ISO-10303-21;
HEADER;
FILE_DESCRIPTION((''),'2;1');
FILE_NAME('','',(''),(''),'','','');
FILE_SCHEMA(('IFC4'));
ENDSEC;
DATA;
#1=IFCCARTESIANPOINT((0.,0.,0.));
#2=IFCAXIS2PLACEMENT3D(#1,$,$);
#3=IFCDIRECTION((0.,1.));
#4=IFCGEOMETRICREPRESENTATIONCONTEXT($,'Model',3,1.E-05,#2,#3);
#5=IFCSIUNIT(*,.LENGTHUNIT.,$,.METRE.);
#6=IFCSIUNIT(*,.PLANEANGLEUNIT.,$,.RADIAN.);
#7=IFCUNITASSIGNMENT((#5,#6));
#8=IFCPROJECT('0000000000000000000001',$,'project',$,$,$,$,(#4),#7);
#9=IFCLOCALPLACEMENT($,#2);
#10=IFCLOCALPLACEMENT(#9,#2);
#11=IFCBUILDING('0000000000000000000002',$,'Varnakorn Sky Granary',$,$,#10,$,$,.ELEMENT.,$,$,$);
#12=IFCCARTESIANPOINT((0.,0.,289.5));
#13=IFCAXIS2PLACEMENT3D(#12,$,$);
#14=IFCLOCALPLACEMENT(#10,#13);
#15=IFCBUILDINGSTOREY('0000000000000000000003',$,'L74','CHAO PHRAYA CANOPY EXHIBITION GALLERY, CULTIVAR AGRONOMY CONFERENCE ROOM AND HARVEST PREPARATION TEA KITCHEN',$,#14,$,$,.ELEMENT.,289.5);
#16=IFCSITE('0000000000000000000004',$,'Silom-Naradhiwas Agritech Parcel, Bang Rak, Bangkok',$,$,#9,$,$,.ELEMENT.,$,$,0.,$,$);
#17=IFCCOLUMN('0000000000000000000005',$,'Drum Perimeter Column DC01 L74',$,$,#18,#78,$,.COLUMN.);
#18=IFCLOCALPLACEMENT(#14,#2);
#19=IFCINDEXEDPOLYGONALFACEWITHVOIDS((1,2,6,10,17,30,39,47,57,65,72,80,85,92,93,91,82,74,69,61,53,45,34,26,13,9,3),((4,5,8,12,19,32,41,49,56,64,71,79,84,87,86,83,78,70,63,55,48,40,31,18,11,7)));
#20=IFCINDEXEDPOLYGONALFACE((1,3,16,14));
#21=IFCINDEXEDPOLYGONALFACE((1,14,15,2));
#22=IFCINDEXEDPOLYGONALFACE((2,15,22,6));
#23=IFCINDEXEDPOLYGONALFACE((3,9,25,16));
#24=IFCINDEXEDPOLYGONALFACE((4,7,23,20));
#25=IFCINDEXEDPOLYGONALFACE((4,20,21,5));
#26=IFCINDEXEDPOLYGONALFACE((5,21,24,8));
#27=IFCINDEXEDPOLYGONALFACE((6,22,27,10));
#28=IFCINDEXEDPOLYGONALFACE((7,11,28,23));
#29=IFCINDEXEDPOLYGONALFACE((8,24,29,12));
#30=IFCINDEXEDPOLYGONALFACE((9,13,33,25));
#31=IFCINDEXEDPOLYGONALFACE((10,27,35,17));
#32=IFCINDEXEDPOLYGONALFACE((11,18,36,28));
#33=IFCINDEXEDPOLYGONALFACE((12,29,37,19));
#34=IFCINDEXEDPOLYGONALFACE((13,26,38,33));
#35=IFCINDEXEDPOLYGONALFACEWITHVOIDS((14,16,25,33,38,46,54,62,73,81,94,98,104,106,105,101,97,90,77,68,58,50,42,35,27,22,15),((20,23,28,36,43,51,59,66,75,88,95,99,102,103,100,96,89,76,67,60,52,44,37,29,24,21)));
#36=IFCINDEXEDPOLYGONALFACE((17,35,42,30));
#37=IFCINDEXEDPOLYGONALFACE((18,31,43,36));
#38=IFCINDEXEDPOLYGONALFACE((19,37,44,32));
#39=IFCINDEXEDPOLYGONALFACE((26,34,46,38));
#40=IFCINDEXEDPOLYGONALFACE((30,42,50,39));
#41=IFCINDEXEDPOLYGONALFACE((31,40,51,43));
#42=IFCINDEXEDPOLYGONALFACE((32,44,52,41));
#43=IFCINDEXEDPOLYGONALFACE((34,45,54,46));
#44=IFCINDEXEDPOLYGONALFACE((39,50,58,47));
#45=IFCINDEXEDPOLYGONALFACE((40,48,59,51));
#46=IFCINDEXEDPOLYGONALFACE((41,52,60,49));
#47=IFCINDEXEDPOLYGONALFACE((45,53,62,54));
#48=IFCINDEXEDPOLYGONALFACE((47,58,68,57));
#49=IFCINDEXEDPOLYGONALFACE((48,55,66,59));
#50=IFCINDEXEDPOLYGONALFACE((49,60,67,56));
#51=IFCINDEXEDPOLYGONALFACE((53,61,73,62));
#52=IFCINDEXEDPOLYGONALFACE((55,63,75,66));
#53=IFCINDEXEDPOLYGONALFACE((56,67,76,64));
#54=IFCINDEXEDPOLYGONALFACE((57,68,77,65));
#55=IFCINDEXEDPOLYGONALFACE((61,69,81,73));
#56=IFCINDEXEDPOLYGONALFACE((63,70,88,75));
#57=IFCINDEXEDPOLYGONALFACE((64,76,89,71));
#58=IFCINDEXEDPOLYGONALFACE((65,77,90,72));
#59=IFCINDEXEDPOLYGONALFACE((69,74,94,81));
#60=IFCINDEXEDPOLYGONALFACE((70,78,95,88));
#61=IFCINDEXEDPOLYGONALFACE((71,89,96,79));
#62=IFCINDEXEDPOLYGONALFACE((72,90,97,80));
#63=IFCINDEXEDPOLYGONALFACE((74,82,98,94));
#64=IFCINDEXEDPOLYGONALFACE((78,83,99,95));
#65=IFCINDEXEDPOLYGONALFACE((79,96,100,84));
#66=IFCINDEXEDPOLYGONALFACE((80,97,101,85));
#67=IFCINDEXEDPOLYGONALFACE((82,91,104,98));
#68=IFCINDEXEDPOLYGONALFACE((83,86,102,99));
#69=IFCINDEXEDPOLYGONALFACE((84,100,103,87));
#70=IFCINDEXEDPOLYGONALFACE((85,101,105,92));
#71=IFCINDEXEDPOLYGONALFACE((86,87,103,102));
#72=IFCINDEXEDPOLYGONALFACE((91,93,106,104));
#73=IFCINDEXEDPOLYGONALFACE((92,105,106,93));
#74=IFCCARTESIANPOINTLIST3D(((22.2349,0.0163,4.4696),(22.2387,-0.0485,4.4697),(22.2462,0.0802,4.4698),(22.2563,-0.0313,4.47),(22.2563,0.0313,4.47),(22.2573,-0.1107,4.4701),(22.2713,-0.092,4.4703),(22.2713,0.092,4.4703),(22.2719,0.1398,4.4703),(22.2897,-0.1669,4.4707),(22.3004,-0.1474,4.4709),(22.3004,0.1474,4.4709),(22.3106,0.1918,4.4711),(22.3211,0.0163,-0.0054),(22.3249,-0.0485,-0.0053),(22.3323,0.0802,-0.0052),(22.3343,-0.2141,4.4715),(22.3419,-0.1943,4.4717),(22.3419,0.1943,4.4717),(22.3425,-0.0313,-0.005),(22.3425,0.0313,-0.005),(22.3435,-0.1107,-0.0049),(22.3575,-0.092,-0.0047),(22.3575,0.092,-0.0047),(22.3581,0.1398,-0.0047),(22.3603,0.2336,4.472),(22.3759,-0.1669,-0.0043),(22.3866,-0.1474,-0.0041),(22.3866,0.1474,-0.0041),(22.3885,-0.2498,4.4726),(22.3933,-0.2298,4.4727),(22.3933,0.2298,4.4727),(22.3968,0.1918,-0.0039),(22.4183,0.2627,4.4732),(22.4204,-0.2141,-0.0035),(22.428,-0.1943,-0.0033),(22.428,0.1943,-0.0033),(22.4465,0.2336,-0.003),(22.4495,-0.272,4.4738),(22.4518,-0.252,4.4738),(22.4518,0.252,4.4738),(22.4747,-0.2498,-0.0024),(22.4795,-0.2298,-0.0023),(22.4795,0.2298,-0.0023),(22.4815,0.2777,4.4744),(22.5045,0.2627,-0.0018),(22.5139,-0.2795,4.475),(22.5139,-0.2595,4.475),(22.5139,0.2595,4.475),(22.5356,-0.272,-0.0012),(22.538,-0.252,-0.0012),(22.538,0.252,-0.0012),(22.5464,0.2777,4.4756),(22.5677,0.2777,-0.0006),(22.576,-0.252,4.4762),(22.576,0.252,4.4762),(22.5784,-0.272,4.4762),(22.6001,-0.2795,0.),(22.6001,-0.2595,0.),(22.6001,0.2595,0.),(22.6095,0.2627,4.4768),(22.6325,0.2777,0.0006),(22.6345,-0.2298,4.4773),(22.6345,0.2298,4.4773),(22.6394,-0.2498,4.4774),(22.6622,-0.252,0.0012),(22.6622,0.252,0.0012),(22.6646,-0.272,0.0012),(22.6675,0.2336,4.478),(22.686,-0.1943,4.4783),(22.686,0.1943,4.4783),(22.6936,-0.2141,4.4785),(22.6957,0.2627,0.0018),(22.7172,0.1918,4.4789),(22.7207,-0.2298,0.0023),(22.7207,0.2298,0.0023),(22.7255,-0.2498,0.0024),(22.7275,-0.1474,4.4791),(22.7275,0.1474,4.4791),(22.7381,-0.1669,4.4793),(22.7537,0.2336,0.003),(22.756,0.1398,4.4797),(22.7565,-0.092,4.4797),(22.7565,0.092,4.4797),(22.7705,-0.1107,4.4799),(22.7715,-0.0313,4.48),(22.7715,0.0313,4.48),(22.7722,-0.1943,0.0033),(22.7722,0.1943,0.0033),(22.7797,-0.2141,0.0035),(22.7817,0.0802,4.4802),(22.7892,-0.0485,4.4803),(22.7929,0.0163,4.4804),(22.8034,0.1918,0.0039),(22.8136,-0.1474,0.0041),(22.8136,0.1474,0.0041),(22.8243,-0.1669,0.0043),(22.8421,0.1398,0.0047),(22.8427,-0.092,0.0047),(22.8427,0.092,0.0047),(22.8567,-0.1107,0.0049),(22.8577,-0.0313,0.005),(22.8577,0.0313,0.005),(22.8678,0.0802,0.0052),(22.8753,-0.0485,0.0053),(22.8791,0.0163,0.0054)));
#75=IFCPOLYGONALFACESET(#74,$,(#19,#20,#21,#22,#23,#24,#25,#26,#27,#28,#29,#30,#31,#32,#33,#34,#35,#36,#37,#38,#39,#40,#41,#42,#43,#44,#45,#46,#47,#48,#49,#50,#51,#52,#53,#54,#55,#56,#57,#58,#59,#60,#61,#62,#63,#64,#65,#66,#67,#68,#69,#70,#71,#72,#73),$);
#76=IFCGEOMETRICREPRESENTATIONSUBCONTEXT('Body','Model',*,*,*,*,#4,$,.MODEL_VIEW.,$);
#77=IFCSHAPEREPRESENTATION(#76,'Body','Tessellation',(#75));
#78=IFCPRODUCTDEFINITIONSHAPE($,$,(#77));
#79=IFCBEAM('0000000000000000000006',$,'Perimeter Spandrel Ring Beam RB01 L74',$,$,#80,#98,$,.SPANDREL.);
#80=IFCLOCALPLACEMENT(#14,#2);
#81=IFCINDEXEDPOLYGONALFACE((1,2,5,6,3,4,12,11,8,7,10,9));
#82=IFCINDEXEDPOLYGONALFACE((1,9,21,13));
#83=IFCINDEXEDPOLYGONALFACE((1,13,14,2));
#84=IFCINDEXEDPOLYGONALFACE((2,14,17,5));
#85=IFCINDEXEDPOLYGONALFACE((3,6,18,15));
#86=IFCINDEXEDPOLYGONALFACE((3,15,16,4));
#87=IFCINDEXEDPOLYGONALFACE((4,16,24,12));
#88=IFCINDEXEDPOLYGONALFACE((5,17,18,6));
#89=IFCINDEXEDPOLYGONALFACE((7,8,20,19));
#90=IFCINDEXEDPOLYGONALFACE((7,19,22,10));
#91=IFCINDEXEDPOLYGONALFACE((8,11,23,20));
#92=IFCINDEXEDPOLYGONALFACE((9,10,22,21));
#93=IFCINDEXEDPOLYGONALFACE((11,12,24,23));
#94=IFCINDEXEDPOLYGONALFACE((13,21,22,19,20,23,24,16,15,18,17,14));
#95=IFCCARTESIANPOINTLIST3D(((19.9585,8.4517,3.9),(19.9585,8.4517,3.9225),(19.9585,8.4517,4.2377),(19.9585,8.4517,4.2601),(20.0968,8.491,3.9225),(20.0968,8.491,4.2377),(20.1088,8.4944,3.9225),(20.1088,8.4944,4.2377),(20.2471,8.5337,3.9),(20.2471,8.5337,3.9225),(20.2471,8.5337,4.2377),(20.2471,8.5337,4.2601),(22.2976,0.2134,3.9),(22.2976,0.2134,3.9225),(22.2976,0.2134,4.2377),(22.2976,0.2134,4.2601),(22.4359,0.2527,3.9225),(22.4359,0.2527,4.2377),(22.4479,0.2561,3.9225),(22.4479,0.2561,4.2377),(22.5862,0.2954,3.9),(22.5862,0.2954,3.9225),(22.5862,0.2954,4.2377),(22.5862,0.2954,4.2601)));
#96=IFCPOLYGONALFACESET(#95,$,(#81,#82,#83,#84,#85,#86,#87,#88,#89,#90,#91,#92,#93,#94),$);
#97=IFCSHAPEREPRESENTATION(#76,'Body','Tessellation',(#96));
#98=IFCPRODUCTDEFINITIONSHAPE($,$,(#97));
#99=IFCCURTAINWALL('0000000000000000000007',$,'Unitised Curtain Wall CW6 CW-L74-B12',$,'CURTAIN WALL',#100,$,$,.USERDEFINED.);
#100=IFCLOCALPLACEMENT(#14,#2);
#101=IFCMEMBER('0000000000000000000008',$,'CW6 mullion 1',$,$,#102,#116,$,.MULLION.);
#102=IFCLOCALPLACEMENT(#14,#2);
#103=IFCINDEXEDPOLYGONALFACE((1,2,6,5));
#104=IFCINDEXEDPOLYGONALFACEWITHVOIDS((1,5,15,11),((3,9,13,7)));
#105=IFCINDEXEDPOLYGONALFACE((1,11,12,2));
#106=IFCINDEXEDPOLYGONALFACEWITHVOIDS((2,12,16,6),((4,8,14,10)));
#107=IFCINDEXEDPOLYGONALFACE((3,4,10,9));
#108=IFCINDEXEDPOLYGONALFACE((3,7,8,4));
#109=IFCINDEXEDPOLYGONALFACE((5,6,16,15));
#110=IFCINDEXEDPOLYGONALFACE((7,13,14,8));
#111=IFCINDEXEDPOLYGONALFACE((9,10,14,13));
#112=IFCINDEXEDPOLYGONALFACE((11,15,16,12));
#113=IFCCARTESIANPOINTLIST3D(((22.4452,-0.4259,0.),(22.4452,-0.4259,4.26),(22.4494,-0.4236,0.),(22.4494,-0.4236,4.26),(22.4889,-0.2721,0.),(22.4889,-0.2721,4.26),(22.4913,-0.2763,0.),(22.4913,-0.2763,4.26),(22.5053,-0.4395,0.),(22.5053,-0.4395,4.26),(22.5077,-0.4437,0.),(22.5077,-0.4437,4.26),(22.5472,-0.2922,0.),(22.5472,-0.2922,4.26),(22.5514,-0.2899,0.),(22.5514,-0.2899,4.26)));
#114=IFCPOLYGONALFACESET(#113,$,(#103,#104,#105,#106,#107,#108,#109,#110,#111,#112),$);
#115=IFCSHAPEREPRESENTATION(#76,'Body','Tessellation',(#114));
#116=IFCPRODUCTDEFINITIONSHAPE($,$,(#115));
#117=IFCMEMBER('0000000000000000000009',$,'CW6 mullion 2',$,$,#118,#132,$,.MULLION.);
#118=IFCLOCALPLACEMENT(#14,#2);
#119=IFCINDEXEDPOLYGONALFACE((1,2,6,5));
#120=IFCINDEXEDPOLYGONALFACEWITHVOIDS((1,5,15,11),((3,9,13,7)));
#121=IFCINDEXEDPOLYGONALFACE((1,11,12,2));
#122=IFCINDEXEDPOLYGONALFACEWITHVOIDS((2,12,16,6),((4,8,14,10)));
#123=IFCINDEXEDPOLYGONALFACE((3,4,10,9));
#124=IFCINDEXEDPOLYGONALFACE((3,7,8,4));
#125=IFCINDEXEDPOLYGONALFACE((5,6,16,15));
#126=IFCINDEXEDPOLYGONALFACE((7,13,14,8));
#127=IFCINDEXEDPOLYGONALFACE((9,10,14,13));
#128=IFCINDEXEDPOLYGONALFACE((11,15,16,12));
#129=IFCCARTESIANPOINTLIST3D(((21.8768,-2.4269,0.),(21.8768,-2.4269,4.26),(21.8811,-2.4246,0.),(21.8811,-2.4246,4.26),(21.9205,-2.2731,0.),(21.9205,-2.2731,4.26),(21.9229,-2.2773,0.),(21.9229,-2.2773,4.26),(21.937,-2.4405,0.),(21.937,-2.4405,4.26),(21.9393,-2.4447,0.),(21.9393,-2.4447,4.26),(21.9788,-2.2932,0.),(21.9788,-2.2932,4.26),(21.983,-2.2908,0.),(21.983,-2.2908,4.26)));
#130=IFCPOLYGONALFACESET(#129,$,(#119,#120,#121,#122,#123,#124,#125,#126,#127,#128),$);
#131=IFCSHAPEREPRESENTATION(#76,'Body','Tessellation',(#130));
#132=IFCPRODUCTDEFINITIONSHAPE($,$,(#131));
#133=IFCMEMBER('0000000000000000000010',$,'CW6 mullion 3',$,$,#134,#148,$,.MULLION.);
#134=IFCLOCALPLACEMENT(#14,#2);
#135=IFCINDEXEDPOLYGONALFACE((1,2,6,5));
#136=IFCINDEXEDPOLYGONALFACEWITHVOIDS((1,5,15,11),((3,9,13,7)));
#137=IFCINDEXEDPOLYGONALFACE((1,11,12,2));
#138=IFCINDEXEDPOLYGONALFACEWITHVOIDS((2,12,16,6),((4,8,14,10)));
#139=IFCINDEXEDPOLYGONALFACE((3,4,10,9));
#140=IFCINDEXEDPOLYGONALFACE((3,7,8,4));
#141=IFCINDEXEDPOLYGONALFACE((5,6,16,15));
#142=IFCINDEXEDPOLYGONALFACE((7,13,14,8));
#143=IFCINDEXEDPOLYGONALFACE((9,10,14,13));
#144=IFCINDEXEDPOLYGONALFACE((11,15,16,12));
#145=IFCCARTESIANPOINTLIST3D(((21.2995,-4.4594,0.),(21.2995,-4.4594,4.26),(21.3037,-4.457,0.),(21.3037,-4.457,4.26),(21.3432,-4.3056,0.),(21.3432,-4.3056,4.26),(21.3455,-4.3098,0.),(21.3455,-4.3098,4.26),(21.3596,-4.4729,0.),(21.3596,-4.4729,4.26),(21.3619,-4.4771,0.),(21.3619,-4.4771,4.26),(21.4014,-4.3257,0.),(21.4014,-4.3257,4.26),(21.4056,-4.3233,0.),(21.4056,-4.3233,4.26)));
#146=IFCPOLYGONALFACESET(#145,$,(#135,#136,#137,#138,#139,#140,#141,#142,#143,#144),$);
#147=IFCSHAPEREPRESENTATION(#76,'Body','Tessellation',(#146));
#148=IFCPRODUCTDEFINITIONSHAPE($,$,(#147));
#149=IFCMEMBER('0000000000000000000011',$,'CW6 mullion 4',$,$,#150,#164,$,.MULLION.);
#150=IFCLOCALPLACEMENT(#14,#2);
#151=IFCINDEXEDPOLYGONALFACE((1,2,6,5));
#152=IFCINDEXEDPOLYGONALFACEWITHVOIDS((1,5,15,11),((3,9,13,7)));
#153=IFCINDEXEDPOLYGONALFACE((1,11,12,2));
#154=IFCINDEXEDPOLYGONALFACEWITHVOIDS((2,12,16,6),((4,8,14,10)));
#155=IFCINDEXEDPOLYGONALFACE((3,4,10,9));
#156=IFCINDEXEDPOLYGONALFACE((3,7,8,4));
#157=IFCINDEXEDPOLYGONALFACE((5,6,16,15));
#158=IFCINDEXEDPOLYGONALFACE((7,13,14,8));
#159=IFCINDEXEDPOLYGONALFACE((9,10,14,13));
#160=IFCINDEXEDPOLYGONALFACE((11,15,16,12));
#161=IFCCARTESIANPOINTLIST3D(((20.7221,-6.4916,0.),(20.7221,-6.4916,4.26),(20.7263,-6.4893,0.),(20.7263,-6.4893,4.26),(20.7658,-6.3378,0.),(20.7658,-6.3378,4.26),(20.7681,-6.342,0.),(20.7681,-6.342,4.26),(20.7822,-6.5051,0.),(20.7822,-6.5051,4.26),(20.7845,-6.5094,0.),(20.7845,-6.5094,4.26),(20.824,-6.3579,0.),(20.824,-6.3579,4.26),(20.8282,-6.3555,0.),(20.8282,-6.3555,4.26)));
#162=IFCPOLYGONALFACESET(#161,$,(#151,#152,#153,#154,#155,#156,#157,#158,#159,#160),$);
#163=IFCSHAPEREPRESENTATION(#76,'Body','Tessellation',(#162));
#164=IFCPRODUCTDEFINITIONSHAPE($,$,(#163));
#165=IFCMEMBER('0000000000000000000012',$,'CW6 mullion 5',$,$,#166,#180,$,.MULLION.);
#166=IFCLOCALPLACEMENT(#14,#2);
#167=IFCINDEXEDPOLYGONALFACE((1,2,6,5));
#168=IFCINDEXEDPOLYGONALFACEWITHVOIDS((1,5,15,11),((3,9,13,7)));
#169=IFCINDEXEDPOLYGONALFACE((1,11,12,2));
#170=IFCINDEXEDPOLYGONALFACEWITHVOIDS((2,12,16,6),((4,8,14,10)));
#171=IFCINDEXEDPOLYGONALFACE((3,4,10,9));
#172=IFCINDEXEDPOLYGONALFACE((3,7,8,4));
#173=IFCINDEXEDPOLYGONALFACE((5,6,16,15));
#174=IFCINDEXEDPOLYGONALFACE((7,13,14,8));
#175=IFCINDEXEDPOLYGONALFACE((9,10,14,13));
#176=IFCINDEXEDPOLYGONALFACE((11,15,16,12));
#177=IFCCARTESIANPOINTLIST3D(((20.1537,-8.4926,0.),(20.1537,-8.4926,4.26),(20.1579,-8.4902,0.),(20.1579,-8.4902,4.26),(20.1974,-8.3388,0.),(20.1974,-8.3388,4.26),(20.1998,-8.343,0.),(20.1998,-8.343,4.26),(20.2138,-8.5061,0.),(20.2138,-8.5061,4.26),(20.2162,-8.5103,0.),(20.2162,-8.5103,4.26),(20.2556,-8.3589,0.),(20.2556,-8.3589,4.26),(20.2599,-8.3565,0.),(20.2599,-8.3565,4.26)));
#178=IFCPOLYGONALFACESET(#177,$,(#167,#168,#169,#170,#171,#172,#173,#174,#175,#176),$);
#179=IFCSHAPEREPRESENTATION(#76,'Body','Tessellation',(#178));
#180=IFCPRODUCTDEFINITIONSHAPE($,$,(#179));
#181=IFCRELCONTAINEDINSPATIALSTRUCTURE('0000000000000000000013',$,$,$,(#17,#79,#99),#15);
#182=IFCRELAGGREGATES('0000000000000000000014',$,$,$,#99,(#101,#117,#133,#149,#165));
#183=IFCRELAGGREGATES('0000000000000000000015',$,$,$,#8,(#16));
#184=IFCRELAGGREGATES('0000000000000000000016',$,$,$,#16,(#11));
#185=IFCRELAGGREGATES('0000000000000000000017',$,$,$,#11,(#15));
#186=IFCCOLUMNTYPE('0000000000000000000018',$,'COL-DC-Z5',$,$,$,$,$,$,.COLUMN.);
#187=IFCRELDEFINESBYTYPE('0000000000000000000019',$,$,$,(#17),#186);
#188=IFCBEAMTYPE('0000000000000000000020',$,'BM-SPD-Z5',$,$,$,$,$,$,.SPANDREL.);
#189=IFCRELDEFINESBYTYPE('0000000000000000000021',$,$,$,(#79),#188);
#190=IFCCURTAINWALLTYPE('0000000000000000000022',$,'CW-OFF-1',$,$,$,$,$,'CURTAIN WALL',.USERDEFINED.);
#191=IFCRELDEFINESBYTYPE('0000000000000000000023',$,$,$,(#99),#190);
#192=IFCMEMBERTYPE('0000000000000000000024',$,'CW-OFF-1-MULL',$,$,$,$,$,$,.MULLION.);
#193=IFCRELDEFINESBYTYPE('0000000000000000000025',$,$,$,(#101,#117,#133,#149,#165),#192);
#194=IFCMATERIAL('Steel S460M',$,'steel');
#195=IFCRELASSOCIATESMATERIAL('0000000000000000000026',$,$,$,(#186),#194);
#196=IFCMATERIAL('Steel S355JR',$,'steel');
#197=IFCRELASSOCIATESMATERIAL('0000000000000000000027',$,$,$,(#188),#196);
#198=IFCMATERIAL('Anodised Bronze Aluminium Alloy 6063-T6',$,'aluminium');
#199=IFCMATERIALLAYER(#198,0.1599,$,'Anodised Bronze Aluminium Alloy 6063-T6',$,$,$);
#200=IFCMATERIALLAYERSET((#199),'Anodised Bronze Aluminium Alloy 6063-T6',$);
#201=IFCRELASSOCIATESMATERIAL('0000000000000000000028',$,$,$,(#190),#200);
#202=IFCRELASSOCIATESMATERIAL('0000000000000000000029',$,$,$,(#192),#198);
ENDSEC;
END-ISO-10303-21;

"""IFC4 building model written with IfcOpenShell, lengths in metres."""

from ifc_helpers import new_model, si_unit, direction, frame, origin, origin_2d, place, context, subcontext, project, spatial, hollow_rectangle, hollow_circle, i_section, extrude, material, layer, layer_set, material_profile, profile_set, type_object, element, aggregate, save


model = new_model("IFC4")

# Units and contexts
model_context = context("Model", 3, precision=1e-05, world=origin(), true_north=direction((0.0, 1.0)))
body_context = subcontext(model_context, "Body", "Model", "MODEL_VIEW")
ifc_project = project(units=[si_unit("LENGTHUNIT", "METRE"), si_unit("PLANEANGLEUNIT", "RADIAN")], contexts=[model_context])

# Site, building, storey
site_placement = place(None, origin())
site = spatial("IfcSite", under=ifc_project, at=site_placement, Name="Silom-Naradhiwas Agritech Parcel, Bang Rak, Bangkok", CompositionType="ELEMENT", RefElevation=0.0)
building_placement = place(site_placement, origin())
building = spatial("IfcBuilding", under=site, at=building_placement, Name="Varnakorn Sky Granary", CompositionType="ELEMENT")
storey_placement = place(building_placement, frame((0.0, 0.0, 289.5)))
storey = spatial("IfcBuildingStorey", under=building, at=storey_placement, Name="L74", Description="CHAO PHRAYA CANOPY EXHIBITION GALLERY, CULTIVAR AGRONOMY CONFERENCE ROOM AND HARVEST PREPARATION TEA KITCHEN", CompositionType="ELEMENT", Elevation=289.5)

# Column
ifc_material_1 = material(Name="Steel S460M", Category="steel")
ifc_material_profile_1 = material_profile(ifc_material_1, hollow_circle(Radius=0.2795, WallThickness=0.02, at=origin_2d()), Name="CHS 559x20")
ifc_profile_set_1 = profile_set([ifc_material_profile_1], Name="Steel S460M")
column_type = type_object("IfcColumnType", Name="COL-DC-Z5", PredefinedType="COLUMN", material=ifc_profile_set_1)
column_placement = place(storey_placement, frame((22.6001, 0.0, 0.0), z_axis=(-0.019254, 0.0, 0.999815), x_axis=(0.0, -1.0, 0.0)))
element("IfcColumn", 1, at=column_placement, inside=storey, type_object=column_type, Name="Drum Perimeter Column DC01 L74", PredefinedType="COLUMN", context=body_context, shape_type="SweptSolid", body=[
    extrude(hollow_circle(Radius=0.2795, WallThickness=0.02, at=origin_2d()), origin(), (0.0, 0.0, 1.0), 4.4758),
])

# Beam
ifc_material_2 = material(Name="Steel S355JR", Category="steel")
ifc_material_profile_2 = material_profile(ifc_material_2, i_section(OverallWidth=0.3, OverallDepth=0.3601, WebThickness=0.0125, FlangeThickness=0.0225, at=origin_2d()), Name="HE 360 B")
ifc_profile_set_2 = profile_set([ifc_material_profile_2], Name="Steel S355JR")
beam_type = type_object("IfcBeamType", Name="BM-SPD-Z5", PredefinedType="SPANDREL", material=ifc_profile_set_2)
beam_placement = place(storey_placement, frame((22.4419, 0.2544, 4.0801), z_axis=(-0.273136, 0.961976, 0.0), x_axis=(-0.961976, -0.273136, 0.0)))
element("IfcBeam", 2, at=beam_placement, inside=storey, type_object=beam_type, Name="Perimeter Spandrel Ring Beam RB01 L74", PredefinedType="SPANDREL", context=body_context, shape_type="SweptSolid", body=[
    extrude(i_section(OverallWidth=0.3, OverallDepth=0.3601, WebThickness=0.0125, FlangeThickness=0.0225, at=origin_2d()), origin(), (0.0, 0.0, 1.0), 8.564),
])

# Curtain wall, members
ifc_material_3 = material(Name="Anodised Bronze Aluminium Alloy 6063-T6", Category="aluminium")
ifc_layer_1 = layer(ifc_material_3, 0.1599, Name="Anodised Bronze Aluminium Alloy 6063-T6")
ifc_layer_set_1 = layer_set([ifc_layer_1], Name="Anodised Bronze Aluminium Alloy 6063-T6")
curtain_wall_type = type_object("IfcCurtainWallType", Name="CW-OFF-1", ElementType="CURTAIN WALL", PredefinedType="USERDEFINED", material=ifc_layer_set_1)
curtain_wall_placement = place(storey_placement, origin())
curtain_wall = element("IfcCurtainWall", 3, at=curtain_wall_placement, inside=storey, type_object=curtain_wall_type, Name="Unitised Curtain Wall CW6 CW-L74-B12", ObjectType="CURTAIN WALL", PredefinedType="USERDEFINED")
ifc_material_profile_3 = material_profile(ifc_material_3, hollow_rectangle(XDim=0.0649, YDim=0.1599, WallThickness=0.0034, at=origin_2d()), Name="ALU MULL 65x160")
ifc_profile_set_3 = profile_set([ifc_material_profile_3], Name="Anodised Bronze Aluminium Alloy 6063-T6")
member_type_1 = type_object("IfcMemberType", Name="CW-OFF-1-MULL", PredefinedType="MULLION", material=ifc_profile_set_3)
member_1_placement = place(storey_placement, frame((22.4983, -0.3579, 0.0), z_axis=(0.0, 0.0, 1.0), x_axis=(0.961937, -0.27327, 0.0)))
member_1 = element("IfcMember", 4, at=member_1_placement, type_object=member_type_1, Name="CW6 mullion 1", PredefinedType="MULLION", context=body_context, shape_type="SweptSolid", body=[
    extrude(hollow_rectangle(XDim=0.0649, YDim=0.1599, WallThickness=0.0034, at=origin_2d()), origin(), (0.0, 0.0, 1.0), 4.26),
])
member_2_placement = place(storey_placement, frame((21.9299, -2.3589, 0.0), z_axis=(0.0, 0.0, 1.0), x_axis=(0.961937, -0.27327, 0.0)))
member_2 = element("IfcMember", 5, at=member_2_placement, type_object=member_type_1, Name="CW6 mullion 2", PredefinedType="MULLION", context=body_context, shape_type="SweptSolid", body=[
    extrude(hollow_rectangle(XDim=0.0649, YDim=0.1599, WallThickness=0.0034, at=origin_2d()), origin(), (0.0, 0.0, 1.0), 4.26),
])
member_3_placement = place(storey_placement, frame((21.3525, -4.3914, 0.0), z_axis=(0.0, 0.0, 1.0), x_axis=(0.961937, -0.27327, 0.0)))
member_3 = element("IfcMember", 6, at=member_3_placement, type_object=member_type_1, Name="CW6 mullion 3", PredefinedType="MULLION", context=body_context, shape_type="SweptSolid", body=[
    extrude(hollow_rectangle(XDim=0.0649, YDim=0.1599, WallThickness=0.0034, at=origin_2d()), origin(), (0.0, 0.0, 1.0), 4.26),
])
member_4_placement = place(storey_placement, frame((20.7751, -6.4236, 0.0), z_axis=(0.0, 0.0, 1.0), x_axis=(0.961937, -0.27327, 0.0)))
member_4 = element("IfcMember", 7, at=member_4_placement, type_object=member_type_1, Name="CW6 mullion 4", PredefinedType="MULLION", context=body_context, shape_type="SweptSolid", body=[
    extrude(hollow_rectangle(XDim=0.0649, YDim=0.1599, WallThickness=0.0034, at=origin_2d()), origin(), (0.0, 0.0, 1.0), 4.26),
])
member_5_placement = place(storey_placement, frame((20.2068, -8.4246, 0.0), z_axis=(0.0, 0.0, 1.0), x_axis=(0.961937, -0.27327, 0.0)))
member_5 = element("IfcMember", 8, at=member_5_placement, type_object=member_type_1, Name="CW6 mullion 5", PredefinedType="MULLION", context=body_context, shape_type="SweptSolid", body=[
    extrude(hollow_rectangle(XDim=0.0649, YDim=0.1599, WallThickness=0.0034, at=origin_2d()), origin(), (0.0, 0.0, 1.0), 4.26),
])

aggregate(curtain_wall, [member_1, member_2, member_3, member_4, member_5])

save(model, "model.ifc")
